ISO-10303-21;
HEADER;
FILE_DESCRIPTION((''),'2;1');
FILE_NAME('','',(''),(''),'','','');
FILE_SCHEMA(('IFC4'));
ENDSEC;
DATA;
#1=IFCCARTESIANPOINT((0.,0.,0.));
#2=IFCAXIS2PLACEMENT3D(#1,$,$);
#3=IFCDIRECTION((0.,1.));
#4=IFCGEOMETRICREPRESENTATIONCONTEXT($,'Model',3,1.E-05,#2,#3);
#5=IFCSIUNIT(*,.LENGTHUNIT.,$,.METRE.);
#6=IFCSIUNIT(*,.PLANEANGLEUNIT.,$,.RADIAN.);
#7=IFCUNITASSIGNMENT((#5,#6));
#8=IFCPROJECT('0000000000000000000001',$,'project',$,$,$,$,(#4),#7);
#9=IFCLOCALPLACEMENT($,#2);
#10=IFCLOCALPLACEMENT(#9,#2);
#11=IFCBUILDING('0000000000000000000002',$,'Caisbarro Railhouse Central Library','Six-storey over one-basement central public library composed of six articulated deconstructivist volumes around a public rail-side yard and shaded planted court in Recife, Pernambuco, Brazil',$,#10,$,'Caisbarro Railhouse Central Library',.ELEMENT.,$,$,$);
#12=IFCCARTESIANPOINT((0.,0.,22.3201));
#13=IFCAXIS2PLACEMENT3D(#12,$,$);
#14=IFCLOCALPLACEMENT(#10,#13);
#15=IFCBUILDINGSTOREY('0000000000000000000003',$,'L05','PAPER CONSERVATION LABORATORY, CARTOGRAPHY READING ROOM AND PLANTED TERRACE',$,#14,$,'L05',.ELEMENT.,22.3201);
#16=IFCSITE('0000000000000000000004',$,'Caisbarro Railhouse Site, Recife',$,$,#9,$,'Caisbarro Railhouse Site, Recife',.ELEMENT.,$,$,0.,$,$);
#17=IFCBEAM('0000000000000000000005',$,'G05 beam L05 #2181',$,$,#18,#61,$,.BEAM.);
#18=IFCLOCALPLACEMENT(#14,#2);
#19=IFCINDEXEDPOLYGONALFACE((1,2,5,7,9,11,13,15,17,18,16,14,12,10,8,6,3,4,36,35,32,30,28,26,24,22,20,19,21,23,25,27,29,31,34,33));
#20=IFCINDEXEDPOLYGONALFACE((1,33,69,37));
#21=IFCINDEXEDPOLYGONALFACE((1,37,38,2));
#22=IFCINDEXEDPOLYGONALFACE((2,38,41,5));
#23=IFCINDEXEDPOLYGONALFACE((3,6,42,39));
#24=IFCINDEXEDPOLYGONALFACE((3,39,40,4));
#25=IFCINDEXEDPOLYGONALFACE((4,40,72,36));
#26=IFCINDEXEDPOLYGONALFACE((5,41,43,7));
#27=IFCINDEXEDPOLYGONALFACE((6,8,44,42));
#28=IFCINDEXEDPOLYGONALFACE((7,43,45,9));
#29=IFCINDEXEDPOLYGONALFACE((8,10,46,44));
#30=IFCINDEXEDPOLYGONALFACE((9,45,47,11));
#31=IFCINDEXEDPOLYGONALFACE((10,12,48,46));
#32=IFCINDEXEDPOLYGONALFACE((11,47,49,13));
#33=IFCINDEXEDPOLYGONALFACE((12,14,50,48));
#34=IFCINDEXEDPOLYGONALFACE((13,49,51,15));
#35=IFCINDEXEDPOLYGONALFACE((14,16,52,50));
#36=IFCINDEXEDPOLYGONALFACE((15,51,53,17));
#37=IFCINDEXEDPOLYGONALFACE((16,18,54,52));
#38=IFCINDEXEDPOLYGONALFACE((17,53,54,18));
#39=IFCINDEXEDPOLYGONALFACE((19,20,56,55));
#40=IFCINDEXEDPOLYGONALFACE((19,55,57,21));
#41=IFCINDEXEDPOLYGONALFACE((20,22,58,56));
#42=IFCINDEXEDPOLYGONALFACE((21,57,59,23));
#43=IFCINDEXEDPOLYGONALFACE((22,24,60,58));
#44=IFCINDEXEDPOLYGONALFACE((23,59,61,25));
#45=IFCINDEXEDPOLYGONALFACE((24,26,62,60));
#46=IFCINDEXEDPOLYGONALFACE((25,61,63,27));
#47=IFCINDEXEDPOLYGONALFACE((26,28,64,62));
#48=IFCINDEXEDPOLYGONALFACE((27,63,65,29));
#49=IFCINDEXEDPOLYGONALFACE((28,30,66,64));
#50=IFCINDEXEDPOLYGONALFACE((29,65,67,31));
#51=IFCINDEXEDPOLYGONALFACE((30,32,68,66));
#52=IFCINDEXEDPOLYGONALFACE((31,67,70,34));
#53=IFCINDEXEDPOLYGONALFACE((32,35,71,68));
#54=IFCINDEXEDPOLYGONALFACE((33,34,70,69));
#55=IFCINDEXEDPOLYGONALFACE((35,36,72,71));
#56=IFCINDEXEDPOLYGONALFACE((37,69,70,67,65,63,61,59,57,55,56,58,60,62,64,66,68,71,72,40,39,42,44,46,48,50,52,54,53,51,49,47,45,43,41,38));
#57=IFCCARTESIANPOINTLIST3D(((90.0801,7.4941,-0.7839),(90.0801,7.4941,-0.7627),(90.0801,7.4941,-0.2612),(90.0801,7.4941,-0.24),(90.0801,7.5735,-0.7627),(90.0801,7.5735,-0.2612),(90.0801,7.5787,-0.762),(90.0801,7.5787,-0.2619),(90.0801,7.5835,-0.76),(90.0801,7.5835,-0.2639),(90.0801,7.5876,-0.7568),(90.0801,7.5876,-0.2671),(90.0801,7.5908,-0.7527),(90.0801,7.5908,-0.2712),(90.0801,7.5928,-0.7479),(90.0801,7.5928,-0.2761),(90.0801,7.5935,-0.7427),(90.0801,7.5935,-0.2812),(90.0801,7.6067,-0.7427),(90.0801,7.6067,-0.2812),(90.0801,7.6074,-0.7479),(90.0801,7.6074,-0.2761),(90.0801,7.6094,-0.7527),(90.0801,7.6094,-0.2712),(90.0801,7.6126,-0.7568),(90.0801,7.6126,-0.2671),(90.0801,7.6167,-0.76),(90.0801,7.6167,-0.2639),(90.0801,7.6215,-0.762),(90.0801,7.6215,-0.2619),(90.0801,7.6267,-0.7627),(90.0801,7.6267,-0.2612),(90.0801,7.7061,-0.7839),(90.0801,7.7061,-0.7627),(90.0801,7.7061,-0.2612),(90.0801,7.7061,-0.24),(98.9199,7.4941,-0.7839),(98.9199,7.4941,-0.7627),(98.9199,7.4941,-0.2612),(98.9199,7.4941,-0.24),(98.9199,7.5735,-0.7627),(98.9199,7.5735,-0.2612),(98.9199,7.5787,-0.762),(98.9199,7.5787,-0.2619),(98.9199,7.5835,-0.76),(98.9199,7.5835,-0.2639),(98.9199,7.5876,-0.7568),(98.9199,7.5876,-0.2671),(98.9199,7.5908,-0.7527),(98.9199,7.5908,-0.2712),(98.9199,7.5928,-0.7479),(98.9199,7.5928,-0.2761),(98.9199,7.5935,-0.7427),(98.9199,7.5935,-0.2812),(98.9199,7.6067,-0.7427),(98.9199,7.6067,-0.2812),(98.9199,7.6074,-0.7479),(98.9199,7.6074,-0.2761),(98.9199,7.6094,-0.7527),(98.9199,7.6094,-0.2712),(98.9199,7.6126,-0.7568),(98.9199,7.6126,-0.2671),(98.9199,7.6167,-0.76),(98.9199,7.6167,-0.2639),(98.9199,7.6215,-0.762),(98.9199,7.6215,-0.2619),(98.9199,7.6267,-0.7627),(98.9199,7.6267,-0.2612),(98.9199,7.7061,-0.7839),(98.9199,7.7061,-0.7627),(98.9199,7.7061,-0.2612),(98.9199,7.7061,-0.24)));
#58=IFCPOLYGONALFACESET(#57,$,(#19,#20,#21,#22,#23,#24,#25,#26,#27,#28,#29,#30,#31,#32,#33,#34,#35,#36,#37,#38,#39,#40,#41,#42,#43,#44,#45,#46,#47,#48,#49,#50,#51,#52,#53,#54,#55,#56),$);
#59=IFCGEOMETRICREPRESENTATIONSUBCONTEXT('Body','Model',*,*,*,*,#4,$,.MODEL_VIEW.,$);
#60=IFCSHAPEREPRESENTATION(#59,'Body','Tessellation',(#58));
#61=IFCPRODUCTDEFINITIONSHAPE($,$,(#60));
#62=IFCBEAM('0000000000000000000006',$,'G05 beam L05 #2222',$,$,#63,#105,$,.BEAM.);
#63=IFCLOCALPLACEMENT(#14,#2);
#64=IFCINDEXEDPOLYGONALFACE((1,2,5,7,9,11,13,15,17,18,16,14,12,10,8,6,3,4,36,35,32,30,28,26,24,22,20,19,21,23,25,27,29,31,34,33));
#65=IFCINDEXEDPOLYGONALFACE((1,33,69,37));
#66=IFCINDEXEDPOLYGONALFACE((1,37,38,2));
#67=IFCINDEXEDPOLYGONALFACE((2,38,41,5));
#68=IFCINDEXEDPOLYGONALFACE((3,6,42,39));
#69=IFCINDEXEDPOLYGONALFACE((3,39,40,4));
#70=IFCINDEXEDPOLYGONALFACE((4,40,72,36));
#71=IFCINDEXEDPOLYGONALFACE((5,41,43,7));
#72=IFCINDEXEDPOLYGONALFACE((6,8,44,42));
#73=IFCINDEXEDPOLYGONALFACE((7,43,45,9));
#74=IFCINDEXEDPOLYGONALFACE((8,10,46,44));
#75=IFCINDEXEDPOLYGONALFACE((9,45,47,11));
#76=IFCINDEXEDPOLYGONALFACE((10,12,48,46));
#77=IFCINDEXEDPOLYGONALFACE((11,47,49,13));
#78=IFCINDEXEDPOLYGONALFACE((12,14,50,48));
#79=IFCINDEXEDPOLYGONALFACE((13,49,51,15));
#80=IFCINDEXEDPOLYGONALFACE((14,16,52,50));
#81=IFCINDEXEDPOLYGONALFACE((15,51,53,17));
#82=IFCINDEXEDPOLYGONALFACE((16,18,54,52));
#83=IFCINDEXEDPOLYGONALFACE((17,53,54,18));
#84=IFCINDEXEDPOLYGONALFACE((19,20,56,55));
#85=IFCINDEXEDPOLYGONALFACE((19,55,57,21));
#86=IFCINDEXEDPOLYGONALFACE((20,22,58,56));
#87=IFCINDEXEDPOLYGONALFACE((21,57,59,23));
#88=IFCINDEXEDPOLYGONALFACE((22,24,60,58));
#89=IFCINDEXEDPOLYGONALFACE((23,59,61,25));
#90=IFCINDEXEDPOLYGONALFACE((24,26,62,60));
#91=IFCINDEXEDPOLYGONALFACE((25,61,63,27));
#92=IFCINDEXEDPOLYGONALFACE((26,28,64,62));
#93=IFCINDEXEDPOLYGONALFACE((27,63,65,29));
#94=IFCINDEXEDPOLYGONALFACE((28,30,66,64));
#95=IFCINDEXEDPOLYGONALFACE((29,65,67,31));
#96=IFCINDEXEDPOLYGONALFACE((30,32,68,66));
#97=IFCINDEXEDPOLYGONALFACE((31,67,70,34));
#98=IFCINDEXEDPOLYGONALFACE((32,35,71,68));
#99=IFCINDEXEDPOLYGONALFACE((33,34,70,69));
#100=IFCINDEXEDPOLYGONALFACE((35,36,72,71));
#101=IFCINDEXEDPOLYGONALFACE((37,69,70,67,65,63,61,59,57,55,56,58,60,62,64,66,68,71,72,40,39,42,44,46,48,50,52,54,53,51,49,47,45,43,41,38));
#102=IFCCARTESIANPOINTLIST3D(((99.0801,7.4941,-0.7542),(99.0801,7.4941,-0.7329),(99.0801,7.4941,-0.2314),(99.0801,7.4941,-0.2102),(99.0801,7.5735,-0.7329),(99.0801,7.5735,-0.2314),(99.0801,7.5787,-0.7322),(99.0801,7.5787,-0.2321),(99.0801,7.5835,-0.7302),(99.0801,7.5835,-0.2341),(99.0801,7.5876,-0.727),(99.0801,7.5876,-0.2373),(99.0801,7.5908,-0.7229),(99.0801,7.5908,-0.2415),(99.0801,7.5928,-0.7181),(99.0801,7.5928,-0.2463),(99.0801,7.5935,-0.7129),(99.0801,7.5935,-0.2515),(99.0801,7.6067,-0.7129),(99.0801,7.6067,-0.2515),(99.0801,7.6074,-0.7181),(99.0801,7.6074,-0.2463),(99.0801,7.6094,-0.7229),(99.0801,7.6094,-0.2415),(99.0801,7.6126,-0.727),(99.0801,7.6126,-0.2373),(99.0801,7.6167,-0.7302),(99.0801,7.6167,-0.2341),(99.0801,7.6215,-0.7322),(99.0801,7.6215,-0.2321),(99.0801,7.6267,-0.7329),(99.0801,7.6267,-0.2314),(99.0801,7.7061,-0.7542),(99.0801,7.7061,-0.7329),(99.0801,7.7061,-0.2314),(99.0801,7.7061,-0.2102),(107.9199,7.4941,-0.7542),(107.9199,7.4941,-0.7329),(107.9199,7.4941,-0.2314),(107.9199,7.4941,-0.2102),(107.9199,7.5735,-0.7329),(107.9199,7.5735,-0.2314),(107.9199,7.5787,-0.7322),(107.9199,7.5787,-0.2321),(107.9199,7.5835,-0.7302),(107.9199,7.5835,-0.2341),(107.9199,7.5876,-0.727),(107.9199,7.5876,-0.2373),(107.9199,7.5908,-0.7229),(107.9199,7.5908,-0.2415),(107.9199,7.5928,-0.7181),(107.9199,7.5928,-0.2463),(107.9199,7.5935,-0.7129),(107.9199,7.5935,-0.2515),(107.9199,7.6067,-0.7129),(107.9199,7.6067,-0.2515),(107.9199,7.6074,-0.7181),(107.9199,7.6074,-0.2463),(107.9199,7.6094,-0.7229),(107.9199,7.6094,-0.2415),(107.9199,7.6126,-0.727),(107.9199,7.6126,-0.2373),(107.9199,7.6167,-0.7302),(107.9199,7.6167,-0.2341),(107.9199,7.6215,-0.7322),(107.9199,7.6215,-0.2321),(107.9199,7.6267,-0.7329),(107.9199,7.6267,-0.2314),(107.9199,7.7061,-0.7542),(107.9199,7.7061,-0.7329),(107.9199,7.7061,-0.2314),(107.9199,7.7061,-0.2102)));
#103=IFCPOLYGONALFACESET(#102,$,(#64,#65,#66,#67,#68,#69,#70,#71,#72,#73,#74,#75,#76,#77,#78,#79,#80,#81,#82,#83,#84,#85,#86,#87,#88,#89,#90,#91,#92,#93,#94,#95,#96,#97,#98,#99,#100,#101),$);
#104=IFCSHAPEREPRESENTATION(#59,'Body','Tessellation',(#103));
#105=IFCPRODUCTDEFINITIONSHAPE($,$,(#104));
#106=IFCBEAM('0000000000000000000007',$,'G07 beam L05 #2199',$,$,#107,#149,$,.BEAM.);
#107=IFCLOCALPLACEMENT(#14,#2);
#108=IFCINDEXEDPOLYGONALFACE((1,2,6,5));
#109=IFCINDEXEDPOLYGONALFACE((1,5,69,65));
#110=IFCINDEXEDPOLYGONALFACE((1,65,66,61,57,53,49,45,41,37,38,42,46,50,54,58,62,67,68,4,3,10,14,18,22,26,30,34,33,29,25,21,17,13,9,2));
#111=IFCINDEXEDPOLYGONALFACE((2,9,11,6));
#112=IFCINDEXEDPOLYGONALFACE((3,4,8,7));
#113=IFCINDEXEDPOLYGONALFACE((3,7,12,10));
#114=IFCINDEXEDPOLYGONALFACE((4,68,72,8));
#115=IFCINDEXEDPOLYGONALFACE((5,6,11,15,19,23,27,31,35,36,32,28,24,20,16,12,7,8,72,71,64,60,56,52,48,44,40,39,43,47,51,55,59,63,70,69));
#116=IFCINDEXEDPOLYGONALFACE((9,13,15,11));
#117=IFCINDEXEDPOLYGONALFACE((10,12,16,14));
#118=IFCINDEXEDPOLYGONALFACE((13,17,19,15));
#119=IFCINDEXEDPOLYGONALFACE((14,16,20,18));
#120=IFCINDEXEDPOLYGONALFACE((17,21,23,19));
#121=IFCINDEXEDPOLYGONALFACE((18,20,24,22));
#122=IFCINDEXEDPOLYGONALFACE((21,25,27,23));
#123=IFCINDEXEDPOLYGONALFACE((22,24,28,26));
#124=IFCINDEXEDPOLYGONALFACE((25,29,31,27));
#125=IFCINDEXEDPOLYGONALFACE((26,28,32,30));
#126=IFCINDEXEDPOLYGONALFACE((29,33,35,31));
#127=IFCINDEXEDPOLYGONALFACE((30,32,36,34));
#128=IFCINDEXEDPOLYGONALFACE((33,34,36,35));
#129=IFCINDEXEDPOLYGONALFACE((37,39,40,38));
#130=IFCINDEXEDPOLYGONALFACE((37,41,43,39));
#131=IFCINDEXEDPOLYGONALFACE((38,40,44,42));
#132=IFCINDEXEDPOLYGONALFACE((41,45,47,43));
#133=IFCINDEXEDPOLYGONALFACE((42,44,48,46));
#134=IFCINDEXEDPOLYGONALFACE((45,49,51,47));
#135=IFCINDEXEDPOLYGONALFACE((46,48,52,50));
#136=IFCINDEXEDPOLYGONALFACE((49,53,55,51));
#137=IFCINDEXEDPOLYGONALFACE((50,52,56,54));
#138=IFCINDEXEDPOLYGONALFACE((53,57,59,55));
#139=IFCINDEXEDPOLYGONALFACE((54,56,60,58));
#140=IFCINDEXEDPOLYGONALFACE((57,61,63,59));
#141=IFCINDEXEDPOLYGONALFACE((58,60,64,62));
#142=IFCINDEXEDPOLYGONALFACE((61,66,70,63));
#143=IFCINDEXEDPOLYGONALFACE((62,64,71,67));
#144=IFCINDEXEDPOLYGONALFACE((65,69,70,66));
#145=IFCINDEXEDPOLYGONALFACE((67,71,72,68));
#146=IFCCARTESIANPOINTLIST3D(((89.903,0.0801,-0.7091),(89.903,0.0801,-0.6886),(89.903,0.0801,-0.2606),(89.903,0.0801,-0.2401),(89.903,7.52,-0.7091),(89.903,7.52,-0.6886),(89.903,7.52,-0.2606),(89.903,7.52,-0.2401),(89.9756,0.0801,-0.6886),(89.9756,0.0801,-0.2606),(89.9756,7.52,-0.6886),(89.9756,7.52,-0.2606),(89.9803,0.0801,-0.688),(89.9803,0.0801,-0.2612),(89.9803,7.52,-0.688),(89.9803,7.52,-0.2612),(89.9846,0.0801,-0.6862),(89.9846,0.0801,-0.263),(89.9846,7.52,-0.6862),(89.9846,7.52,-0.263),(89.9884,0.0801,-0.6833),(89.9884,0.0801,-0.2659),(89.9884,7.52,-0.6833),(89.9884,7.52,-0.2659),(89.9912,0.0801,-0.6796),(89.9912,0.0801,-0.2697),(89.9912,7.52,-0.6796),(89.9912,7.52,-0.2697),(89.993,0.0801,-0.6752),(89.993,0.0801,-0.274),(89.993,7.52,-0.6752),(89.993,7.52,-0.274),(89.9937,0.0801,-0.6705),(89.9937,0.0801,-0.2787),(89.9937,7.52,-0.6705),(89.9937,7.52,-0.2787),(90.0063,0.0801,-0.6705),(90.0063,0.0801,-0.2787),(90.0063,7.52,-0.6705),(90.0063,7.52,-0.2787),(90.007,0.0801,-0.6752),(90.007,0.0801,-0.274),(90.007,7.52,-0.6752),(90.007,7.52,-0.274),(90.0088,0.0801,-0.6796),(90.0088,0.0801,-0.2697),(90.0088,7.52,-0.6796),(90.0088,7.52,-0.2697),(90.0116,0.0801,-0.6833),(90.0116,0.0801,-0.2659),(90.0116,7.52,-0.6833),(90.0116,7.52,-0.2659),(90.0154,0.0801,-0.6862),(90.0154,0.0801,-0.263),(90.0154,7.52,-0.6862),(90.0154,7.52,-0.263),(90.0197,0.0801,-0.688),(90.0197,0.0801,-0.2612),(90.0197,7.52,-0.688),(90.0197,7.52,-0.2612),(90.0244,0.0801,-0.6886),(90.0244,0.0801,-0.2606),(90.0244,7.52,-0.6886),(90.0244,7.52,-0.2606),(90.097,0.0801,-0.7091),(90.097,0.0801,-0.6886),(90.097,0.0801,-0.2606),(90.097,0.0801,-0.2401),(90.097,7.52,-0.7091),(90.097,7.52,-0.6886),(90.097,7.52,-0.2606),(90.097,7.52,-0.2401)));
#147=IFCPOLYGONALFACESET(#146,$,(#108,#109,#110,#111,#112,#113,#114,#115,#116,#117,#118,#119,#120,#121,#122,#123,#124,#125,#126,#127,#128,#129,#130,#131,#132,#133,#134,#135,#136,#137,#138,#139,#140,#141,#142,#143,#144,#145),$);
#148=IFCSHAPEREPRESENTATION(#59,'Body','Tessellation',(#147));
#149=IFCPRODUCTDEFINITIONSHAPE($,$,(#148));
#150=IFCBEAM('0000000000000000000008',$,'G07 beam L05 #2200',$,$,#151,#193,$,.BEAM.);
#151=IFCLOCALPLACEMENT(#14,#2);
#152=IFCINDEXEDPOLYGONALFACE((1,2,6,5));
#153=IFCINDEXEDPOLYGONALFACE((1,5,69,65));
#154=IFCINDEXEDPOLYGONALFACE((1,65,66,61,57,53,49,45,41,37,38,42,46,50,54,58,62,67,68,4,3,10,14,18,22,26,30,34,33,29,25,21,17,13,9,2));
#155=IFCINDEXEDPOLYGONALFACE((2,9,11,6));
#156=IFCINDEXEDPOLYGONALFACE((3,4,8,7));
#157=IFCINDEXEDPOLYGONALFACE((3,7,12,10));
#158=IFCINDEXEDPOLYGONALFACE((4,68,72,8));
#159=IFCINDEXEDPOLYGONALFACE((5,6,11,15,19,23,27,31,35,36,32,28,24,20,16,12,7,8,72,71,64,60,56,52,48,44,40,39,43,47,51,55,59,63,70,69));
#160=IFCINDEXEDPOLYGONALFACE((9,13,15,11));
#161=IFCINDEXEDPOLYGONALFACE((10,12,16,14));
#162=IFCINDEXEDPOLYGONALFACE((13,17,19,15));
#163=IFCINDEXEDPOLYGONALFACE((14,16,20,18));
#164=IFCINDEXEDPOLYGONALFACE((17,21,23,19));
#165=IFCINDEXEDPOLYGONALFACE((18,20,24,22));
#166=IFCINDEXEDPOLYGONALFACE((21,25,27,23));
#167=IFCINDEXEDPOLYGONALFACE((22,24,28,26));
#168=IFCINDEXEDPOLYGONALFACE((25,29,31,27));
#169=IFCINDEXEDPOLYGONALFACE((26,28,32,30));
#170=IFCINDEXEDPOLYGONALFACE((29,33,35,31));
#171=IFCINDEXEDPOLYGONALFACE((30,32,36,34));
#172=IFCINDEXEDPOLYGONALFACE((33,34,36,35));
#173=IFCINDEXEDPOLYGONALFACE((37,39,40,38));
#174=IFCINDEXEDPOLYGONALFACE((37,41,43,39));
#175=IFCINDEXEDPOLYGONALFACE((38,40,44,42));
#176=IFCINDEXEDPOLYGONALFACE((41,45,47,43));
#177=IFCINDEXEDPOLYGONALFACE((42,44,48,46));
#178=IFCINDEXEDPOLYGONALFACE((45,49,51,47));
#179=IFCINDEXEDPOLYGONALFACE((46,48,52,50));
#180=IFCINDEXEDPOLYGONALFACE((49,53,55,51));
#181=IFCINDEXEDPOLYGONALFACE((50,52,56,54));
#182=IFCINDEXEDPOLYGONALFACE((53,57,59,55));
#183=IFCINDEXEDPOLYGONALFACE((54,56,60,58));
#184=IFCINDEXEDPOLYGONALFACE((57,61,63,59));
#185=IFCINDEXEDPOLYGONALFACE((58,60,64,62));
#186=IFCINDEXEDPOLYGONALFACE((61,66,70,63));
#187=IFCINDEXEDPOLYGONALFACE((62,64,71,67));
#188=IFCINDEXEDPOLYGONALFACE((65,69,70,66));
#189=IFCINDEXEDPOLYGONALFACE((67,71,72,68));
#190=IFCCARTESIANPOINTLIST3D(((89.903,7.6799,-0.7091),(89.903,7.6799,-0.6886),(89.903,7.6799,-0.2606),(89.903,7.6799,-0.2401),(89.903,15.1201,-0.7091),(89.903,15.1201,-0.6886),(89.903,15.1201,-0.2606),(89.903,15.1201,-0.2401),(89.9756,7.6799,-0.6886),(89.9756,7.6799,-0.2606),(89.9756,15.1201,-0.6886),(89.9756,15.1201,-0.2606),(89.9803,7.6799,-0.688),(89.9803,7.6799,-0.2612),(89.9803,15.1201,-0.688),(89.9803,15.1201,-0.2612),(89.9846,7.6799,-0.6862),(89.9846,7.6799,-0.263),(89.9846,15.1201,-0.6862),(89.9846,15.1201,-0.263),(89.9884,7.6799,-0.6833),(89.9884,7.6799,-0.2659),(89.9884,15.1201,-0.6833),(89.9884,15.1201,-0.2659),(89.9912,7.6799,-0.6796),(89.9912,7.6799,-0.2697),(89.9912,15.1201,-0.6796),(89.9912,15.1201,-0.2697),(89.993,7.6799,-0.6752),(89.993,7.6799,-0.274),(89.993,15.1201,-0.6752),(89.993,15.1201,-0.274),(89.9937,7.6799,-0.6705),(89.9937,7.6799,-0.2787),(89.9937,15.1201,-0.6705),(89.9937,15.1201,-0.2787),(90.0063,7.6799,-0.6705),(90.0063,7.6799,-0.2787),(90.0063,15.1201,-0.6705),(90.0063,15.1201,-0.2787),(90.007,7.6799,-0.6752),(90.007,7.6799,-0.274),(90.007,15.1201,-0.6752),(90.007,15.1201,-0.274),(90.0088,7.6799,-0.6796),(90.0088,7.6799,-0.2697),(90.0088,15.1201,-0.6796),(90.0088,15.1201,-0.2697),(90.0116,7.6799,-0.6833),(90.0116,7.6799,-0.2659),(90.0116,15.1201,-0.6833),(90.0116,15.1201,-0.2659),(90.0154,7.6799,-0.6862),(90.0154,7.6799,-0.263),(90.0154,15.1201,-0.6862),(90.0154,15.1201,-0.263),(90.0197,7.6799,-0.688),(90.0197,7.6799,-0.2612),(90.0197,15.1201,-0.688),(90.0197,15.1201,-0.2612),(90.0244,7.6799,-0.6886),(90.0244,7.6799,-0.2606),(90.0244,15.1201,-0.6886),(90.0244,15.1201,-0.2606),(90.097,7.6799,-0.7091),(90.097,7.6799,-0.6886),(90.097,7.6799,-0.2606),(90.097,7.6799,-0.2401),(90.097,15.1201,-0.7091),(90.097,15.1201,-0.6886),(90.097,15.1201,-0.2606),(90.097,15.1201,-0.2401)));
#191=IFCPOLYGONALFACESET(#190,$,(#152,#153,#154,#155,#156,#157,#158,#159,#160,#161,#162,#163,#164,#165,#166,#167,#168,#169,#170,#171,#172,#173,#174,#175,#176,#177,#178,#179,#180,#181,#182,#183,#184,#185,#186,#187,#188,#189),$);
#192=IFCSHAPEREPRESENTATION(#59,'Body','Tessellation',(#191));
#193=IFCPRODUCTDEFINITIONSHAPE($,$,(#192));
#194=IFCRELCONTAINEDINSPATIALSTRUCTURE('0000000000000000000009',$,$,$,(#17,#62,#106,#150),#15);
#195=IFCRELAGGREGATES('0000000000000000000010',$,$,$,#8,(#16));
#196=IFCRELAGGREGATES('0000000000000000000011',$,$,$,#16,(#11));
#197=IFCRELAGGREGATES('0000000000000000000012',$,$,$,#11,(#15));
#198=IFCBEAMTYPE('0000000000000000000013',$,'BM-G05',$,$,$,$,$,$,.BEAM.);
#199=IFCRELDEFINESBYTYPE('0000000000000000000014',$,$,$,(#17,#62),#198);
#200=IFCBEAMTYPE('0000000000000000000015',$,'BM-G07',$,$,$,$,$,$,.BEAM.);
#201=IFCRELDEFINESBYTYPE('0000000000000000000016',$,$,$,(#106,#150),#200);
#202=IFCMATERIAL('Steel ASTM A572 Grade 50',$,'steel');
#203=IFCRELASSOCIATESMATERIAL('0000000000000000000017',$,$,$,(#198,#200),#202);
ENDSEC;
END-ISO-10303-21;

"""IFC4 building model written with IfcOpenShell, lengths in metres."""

from ifc_helpers import new_model, si_unit, direction, frame, origin, origin_2d, place, context, subcontext, project, spatial, i_section, extrude, material, material_profile, profile_set, type_object, element, save


model = new_model("IFC4")

# Units and contexts
model_context = context("Model", 3, precision=1e-05, world=origin(), true_north=direction((0.0, 1.0)))
body_context = subcontext(model_context, "Body", "Model", "MODEL_VIEW")
ifc_project = project(units=[si_unit("LENGTHUNIT", "METRE"), si_unit("PLANEANGLEUNIT", "RADIAN")], contexts=[model_context])

# Site, building, storey
site_placement = place(None, origin())
site = spatial("IfcSite", under=ifc_project, at=site_placement, Name="Caisbarro Railhouse Site, Recife", LongName="Caisbarro Railhouse Site, Recife", CompositionType="ELEMENT", RefElevation=0.0)
building_placement = place(site_placement, origin())
building = spatial("IfcBuilding", under=site, at=building_placement, Name="Caisbarro Railhouse Central Library", Description="Six-storey over one-basement central public library composed of six articulated deconstructivist volumes around a public rail-side yard and shaded planted court in Recife, Pernambuco, Brazil", LongName="Caisbarro Railhouse Central Library", CompositionType="ELEMENT")
storey_placement = place(building_placement, frame((0.0, 0.0, 22.3201)))
storey = spatial("IfcBuildingStorey", under=building, at=storey_placement, Name="L05", Description="PAPER CONSERVATION LABORATORY, CARTOGRAPHY READING ROOM AND PLANTED TERRACE", LongName="L05", CompositionType="ELEMENT", Elevation=22.3201)

# Shared definitions
ifc_material_1 = material(Name="Steel ASTM A572 Grade 50", Category="steel")

# Beams
ifc_material_profile_1 = material_profile(ifc_material_1, i_section(OverallWidth=0.2119, OverallDepth=0.5439, WebThickness=0.0132, FlangeThickness=0.0212, FilletRadius=0.02, at=origin_2d()), Name="W530X123.0")
ifc_profile_set_1 = profile_set([ifc_material_profile_1], Name="Steel ASTM A572 Grade 50")
beam_type_1 = type_object("IfcBeamType", Name="BM-G05", PredefinedType="BEAM", material=ifc_profile_set_1)
for number, where, z_axis, x_axis, name in (
    (1, (90.0801, 7.6001, -0.512), (1.0, 0.0, 0.0), (0.0, 1.0, 0.0), "G05 beam L05 #2181"),
    (2, (99.0801, 7.6001, -0.4822), (1.0, 0.0, 0.0), (0.0, 1.0, 0.0), "G05 beam L05 #2222"),
):
    element("IfcBeam", number, at=place(storey_placement, frame(where, z_axis=z_axis, x_axis=x_axis)), inside=storey, type_object=beam_type_1, Name=name, PredefinedType="BEAM", context=body_context, shape_type="SweptSolid", body=[
        extrude(i_section(OverallWidth=0.2119, OverallDepth=0.5439, WebThickness=0.0132, FlangeThickness=0.0212, FilletRadius=0.02, at=origin_2d()), origin(), (0.0, 0.0, 1.0), 8.8398),
    ])
ifc_material_profile_2 = material_profile(ifc_material_1, i_section(OverallWidth=0.1941, OverallDepth=0.469, WebThickness=0.0127, FlangeThickness=0.0205, FilletRadius=0.0181, at=origin_2d()), Name="W460X106.0")
ifc_profile_set_2 = profile_set([ifc_material_profile_2], Name="Steel ASTM A572 Grade 50")
beam_type_2 = type_object("IfcBeamType", Name="BM-G07", PredefinedType="BEAM", material=ifc_profile_set_2)
beam_1_placement = place(storey_placement, frame((90.0, 0.0801, -0.4746), z_axis=(0.0, 1.0, 0.0), x_axis=(-1.0, 0.0, 0.0)))
element("IfcBeam", 3, at=beam_1_placement, inside=storey, type_object=beam_type_2, Name="G07 beam L05 #2199", PredefinedType="BEAM", context=body_context, shape_type="SweptSolid", body=[
    extrude(i_section(OverallWidth=0.1941, OverallDepth=0.469, WebThickness=0.0127, FlangeThickness=0.0205, FilletRadius=0.0181, at=origin_2d()), origin(), (0.0, 0.0, 1.0), 7.4399),
])
beam_2_placement = place(storey_placement, frame((90.0, 7.6799, -0.4746), z_axis=(0.0, 1.0, 0.0), x_axis=(-1.0, 0.0, 0.0)))
element("IfcBeam", 4, at=beam_2_placement, inside=storey, type_object=beam_type_2, Name="G07 beam L05 #2200", PredefinedType="BEAM", context=body_context, shape_type="SweptSolid", body=[
    extrude(i_section(OverallWidth=0.1941, OverallDepth=0.469, WebThickness=0.0127, FlangeThickness=0.0205, FilletRadius=0.0181, at=origin_2d()), origin(), (0.0, 0.0, 1.0), 7.4402),
])

save(model, "model.ifc")
